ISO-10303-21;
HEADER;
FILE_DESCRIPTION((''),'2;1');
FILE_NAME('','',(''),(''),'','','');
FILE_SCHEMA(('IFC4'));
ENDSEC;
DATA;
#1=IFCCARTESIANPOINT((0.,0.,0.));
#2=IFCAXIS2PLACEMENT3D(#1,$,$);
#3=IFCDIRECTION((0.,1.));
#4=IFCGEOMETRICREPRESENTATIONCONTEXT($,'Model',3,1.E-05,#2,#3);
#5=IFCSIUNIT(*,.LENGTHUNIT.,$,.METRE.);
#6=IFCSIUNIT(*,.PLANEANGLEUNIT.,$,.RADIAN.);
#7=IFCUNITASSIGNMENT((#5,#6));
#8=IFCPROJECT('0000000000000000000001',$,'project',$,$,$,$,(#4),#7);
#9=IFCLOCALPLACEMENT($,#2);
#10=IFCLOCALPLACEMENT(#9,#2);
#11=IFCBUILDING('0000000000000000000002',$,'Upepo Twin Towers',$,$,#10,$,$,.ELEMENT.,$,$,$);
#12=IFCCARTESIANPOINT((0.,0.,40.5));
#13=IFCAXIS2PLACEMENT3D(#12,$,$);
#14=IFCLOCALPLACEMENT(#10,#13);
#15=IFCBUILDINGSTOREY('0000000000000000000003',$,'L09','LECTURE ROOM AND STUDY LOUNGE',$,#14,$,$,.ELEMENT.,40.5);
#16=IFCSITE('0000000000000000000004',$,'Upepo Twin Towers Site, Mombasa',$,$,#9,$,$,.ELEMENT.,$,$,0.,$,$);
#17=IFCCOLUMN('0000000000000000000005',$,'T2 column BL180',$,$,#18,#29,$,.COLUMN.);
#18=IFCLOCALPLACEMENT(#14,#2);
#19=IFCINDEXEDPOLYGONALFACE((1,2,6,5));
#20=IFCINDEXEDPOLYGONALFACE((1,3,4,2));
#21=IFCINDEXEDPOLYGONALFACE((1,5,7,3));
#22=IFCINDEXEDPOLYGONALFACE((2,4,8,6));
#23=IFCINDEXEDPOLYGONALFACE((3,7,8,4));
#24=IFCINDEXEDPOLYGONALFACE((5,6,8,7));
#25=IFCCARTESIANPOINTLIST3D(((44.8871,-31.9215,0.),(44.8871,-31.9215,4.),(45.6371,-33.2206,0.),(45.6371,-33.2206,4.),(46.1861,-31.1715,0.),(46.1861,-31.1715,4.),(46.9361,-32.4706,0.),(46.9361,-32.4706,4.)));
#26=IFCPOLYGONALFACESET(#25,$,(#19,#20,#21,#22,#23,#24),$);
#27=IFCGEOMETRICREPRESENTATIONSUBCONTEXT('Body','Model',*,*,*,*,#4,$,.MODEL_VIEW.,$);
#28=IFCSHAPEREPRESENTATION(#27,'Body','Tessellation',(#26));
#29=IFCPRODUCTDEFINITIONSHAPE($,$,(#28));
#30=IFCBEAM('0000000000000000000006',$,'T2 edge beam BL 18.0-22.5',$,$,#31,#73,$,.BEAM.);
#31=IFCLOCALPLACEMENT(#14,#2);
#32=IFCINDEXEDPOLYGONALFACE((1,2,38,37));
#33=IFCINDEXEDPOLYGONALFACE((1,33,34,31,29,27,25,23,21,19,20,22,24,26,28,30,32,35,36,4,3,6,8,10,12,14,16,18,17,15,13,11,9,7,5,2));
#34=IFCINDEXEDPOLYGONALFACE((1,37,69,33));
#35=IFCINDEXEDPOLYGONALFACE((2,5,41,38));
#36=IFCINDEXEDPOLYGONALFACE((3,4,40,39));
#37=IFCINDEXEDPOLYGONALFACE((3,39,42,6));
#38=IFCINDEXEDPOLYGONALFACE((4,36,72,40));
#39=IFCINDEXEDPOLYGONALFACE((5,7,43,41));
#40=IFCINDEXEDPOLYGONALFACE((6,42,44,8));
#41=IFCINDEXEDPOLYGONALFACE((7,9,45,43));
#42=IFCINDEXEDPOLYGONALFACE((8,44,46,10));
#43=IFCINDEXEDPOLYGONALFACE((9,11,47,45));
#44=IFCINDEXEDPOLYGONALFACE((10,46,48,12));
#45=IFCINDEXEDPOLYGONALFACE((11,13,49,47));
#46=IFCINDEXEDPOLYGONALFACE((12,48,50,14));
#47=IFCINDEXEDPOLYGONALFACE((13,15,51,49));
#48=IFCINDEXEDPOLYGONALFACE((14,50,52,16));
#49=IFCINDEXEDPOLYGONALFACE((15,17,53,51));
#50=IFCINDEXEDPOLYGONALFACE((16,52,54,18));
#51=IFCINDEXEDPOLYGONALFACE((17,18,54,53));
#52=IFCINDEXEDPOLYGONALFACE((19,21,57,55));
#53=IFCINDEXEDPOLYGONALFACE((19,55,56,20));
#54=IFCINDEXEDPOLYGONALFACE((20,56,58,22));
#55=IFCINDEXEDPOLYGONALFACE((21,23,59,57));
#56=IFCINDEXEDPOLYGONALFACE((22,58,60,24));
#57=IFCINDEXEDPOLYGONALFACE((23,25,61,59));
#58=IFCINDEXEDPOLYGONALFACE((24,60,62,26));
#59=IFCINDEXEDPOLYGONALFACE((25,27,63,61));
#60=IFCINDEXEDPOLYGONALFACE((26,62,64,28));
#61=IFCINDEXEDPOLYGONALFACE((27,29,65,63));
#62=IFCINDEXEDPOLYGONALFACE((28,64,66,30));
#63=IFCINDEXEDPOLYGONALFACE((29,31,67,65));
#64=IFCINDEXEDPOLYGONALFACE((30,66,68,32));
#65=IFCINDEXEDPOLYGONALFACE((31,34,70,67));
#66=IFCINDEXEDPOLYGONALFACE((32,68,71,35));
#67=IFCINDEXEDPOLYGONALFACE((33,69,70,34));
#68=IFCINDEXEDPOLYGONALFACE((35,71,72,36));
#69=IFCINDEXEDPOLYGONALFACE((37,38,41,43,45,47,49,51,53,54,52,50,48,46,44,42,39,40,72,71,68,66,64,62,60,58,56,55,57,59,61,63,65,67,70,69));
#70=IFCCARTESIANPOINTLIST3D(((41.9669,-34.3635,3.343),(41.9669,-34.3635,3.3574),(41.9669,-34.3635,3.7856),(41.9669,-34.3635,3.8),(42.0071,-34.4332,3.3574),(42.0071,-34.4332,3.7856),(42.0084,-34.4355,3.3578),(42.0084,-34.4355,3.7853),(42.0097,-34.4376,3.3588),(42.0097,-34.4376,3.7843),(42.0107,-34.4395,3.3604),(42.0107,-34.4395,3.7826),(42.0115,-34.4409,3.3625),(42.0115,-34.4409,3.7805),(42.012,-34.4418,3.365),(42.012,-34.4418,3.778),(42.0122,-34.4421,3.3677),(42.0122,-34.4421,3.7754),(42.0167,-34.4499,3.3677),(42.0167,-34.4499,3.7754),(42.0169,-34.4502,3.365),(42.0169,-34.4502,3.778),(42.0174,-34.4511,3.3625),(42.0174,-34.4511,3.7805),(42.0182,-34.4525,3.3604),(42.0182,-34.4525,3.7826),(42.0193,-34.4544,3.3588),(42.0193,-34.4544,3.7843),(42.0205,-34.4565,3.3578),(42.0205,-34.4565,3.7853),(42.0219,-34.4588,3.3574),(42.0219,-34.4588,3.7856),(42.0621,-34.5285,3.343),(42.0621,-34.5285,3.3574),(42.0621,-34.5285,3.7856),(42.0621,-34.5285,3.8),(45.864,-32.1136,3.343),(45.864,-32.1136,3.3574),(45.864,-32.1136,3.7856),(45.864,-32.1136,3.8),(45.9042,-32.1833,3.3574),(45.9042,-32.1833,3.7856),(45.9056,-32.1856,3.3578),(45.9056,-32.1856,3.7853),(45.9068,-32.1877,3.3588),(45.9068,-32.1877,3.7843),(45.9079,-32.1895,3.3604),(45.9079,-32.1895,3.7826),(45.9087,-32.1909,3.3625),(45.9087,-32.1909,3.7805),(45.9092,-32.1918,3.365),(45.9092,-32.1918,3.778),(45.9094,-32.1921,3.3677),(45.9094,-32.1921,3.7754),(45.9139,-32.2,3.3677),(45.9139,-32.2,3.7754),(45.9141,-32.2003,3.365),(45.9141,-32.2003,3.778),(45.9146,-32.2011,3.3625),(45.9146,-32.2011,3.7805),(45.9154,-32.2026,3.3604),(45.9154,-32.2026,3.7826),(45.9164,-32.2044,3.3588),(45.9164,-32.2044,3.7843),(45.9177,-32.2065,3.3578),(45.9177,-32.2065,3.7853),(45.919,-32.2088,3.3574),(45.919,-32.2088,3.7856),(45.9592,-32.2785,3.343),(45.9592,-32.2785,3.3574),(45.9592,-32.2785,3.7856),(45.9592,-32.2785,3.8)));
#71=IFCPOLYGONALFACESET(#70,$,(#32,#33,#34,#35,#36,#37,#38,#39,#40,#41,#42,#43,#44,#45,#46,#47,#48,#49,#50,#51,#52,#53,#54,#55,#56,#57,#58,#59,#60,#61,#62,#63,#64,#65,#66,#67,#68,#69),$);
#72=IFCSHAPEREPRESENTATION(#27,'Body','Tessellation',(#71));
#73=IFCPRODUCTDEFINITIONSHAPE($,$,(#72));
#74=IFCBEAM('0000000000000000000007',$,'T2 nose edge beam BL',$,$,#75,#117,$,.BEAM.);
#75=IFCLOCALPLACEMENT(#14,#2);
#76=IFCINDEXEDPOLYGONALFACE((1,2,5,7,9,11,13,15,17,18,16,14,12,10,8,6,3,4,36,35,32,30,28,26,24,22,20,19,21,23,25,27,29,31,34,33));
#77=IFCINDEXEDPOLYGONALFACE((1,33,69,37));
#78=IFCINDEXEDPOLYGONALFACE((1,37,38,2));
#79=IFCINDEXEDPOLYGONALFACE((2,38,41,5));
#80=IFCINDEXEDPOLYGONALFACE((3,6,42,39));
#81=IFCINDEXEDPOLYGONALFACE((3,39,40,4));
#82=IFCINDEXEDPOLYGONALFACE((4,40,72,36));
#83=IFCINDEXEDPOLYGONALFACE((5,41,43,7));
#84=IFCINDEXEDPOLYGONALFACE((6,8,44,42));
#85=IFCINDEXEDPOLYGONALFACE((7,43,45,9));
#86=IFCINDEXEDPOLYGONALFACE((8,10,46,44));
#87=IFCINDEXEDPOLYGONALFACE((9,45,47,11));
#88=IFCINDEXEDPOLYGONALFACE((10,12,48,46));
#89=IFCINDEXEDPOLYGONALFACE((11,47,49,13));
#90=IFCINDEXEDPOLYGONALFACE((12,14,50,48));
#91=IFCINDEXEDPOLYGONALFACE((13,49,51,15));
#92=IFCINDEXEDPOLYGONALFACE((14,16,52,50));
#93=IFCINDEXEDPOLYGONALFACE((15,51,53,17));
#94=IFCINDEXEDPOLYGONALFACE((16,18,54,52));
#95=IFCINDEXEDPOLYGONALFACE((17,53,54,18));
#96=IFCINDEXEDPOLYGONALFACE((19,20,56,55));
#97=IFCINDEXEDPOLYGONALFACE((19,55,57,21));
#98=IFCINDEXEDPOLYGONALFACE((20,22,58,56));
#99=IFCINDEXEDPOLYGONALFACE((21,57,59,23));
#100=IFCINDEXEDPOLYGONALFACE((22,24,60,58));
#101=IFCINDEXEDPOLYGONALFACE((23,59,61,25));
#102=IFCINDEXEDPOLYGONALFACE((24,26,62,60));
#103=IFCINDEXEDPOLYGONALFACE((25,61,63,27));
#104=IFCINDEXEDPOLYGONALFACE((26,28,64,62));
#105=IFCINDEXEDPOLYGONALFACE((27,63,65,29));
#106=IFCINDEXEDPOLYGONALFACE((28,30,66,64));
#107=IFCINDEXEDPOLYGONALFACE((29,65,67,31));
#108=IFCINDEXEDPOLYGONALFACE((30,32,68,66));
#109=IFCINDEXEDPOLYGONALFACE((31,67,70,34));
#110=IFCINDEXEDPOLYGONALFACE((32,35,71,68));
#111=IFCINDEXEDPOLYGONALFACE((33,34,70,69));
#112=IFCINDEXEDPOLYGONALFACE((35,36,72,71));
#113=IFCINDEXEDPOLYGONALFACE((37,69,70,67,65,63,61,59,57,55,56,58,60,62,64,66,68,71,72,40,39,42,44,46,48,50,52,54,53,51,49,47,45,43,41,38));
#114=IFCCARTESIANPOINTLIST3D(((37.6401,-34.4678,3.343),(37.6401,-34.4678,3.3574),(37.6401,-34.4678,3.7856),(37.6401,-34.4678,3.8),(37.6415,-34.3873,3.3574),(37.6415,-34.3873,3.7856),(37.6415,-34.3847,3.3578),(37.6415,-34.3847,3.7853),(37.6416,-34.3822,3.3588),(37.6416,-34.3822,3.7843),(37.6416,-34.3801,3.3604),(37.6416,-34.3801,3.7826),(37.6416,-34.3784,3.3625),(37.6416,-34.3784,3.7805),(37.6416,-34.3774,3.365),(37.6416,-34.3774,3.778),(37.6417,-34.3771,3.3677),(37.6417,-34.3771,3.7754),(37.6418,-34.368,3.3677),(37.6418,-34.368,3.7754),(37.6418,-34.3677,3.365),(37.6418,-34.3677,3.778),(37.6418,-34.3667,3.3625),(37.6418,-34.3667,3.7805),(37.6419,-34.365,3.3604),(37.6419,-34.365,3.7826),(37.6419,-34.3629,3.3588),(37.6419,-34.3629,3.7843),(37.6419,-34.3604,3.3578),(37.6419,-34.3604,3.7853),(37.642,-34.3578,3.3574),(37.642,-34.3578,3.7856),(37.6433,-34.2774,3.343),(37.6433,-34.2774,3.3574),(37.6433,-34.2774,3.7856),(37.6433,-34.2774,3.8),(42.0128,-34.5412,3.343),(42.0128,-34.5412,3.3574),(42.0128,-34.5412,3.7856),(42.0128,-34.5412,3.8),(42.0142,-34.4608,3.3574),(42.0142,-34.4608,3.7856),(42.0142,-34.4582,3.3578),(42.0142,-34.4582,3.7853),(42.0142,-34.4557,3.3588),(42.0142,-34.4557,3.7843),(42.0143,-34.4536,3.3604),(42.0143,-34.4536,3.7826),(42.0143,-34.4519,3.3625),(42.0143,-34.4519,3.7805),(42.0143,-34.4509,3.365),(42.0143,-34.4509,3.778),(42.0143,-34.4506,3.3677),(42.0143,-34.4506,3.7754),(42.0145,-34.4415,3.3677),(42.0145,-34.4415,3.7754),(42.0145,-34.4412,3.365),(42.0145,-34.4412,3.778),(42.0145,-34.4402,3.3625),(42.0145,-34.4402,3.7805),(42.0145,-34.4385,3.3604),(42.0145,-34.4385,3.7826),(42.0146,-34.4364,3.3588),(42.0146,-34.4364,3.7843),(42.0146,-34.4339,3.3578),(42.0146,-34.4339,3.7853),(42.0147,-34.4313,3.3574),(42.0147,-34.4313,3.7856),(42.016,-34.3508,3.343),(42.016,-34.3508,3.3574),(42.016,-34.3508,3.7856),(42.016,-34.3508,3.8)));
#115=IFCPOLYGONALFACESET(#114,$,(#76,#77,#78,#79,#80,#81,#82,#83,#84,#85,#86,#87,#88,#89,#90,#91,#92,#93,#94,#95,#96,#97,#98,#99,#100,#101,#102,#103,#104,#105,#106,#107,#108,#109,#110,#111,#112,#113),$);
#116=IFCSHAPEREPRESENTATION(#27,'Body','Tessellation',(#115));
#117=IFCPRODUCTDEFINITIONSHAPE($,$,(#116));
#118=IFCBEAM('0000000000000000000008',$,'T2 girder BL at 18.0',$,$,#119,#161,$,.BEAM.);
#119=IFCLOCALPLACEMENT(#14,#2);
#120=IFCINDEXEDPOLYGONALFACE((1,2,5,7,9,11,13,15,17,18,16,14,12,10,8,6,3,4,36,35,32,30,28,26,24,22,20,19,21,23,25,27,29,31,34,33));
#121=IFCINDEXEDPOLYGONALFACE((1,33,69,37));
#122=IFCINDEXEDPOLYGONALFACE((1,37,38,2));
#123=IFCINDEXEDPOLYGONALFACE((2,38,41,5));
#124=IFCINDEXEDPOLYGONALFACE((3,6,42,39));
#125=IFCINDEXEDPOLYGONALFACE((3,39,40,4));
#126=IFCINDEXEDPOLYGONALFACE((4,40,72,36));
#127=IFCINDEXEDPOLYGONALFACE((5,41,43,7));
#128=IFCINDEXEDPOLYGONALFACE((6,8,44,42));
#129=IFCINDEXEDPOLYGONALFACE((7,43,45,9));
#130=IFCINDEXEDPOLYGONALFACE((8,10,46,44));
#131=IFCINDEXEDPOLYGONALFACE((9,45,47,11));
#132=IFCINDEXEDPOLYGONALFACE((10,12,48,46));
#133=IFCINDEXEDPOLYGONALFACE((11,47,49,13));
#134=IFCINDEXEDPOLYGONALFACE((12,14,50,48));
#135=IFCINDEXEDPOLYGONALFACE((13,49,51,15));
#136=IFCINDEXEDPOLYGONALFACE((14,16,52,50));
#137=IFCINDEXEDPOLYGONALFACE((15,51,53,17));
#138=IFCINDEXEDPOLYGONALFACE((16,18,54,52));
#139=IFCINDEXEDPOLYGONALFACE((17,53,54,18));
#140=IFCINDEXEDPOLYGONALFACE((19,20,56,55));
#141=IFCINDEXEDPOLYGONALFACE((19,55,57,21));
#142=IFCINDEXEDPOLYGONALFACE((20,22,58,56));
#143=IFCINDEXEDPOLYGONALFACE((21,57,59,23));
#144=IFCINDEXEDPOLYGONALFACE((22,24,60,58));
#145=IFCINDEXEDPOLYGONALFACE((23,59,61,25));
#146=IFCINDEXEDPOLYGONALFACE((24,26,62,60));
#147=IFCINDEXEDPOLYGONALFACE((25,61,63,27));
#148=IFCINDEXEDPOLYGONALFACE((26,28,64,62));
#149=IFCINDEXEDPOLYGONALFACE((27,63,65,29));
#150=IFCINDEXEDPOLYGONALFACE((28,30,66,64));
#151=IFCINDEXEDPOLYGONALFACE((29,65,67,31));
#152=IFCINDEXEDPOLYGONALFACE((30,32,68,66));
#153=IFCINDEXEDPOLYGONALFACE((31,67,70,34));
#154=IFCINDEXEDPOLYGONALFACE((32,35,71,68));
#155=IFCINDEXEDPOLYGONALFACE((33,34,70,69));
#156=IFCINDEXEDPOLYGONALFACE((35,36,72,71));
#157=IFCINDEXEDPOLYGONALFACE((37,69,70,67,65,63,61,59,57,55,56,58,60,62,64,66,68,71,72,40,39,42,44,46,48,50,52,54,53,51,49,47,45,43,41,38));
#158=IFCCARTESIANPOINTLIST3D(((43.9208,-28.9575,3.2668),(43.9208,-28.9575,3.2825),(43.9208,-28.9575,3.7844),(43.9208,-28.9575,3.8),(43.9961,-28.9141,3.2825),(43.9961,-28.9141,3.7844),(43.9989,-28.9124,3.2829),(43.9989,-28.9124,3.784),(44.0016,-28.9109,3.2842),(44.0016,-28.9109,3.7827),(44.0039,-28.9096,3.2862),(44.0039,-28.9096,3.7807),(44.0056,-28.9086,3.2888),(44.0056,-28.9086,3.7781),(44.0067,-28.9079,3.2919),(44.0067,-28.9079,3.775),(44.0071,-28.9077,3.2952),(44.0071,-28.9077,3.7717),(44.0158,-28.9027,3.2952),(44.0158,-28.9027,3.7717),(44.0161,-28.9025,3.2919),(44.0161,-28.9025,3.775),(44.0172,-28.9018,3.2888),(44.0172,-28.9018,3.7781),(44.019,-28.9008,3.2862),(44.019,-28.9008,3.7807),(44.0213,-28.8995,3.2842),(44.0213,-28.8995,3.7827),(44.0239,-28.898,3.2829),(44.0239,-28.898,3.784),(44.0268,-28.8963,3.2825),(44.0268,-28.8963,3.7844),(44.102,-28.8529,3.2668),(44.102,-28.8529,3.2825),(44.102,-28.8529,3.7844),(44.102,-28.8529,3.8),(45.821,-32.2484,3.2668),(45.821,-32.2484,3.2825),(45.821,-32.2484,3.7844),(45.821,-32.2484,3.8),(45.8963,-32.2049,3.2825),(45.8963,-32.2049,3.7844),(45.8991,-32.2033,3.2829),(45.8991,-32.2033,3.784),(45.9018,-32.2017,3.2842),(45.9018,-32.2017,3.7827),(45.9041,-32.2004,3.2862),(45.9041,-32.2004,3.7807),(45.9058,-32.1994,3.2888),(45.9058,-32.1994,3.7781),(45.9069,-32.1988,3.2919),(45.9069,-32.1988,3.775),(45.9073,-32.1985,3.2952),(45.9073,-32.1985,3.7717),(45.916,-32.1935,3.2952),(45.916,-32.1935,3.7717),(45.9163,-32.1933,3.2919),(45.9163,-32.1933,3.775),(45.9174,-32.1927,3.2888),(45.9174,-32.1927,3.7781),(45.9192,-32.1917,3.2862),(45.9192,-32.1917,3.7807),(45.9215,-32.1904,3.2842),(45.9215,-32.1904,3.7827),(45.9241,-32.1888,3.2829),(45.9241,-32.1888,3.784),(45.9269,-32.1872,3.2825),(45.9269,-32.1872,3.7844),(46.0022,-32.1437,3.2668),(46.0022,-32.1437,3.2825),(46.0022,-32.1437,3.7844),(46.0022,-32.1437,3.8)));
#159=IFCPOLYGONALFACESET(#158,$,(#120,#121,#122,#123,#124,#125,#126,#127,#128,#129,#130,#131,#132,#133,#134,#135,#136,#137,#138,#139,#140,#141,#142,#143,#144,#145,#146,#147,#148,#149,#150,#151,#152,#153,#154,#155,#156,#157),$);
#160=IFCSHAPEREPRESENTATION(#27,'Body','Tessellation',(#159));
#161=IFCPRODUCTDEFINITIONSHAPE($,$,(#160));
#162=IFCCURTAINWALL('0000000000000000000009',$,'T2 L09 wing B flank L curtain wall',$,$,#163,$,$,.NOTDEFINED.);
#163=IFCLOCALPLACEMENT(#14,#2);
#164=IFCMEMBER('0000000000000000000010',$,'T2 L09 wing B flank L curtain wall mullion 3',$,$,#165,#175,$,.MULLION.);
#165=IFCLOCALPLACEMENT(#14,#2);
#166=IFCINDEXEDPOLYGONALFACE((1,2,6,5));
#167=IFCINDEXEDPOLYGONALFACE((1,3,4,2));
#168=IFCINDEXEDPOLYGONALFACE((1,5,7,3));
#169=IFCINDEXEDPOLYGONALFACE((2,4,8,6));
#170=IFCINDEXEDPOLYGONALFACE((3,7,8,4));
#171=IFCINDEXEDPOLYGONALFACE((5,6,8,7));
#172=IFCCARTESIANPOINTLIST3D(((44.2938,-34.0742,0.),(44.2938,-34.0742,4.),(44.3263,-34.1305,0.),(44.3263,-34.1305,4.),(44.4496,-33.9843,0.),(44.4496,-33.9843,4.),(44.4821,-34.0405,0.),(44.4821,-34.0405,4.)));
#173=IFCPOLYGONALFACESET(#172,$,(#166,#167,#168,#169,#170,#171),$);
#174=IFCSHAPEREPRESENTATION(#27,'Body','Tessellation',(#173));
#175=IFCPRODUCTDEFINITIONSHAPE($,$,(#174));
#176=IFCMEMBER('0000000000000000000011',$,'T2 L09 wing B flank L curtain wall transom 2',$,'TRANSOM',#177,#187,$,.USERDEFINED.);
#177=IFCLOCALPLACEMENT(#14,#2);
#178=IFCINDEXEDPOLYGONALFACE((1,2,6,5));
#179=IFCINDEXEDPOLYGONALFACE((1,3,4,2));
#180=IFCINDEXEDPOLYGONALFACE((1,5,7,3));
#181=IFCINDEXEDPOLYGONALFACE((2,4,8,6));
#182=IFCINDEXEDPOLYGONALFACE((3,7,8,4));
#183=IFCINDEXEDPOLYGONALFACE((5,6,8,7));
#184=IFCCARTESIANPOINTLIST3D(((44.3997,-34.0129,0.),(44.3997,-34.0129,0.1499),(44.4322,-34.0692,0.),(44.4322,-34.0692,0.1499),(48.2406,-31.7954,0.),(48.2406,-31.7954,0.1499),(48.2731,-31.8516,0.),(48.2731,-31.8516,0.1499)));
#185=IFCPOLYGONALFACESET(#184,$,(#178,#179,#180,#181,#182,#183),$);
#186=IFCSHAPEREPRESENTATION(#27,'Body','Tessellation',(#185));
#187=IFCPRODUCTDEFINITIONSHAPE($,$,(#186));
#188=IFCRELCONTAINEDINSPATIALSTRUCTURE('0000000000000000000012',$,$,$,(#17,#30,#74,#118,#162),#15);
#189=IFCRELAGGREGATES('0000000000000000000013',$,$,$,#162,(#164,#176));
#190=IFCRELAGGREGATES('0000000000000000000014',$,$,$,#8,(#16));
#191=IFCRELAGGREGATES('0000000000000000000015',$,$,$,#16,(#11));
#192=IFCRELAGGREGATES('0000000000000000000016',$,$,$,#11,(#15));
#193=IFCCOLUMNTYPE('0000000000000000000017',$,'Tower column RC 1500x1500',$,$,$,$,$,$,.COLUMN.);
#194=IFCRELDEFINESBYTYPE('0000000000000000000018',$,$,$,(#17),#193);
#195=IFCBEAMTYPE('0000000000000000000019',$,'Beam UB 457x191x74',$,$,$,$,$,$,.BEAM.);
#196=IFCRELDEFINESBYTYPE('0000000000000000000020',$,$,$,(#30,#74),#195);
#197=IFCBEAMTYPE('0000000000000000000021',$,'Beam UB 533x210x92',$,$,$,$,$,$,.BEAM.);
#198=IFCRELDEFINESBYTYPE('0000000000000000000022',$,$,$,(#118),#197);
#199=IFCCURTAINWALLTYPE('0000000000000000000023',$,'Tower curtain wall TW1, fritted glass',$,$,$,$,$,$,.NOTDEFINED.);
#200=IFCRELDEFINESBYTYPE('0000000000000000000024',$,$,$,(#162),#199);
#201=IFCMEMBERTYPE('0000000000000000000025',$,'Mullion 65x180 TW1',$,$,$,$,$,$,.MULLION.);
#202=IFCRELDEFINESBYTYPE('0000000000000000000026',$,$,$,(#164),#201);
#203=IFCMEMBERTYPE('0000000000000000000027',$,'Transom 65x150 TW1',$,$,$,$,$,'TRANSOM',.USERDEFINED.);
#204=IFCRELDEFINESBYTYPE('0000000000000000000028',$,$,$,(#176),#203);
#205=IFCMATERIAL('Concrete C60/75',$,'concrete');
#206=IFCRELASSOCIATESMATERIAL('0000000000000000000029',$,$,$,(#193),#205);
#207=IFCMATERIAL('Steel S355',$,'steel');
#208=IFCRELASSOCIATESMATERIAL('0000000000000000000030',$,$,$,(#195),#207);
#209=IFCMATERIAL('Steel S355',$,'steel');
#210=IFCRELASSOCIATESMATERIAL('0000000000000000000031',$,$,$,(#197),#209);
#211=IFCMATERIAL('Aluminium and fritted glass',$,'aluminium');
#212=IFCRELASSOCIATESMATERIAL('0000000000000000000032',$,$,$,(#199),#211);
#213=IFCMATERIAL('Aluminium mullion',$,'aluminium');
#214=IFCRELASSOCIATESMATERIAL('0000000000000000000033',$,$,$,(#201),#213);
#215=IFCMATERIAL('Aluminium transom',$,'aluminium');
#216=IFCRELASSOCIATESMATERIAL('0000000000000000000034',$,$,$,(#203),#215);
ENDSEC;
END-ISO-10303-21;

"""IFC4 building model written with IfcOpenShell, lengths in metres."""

from ifc_helpers import new_model, si_unit, direction, frame, origin, origin_2d, place, context, subcontext, project, spatial, rectangle, i_section, extrude, material, material_profile, profile_set, type_object, element, aggregate, save


model = new_model("IFC4")

# Units and contexts
model_context = context("Model", 3, precision=1e-05, world=origin(), true_north=direction((0.0, 1.0)))
body_context = subcontext(model_context, "Body", "Model", "MODEL_VIEW")
ifc_project = project(units=[si_unit("LENGTHUNIT", "METRE"), si_unit("PLANEANGLEUNIT", "RADIAN")], contexts=[model_context])

# Site, building, storey
site_placement = place(None, origin())
site = spatial("IfcSite", under=ifc_project, at=site_placement, Name="Upepo Twin Towers Site, Mombasa", CompositionType="ELEMENT", RefElevation=0.0)
building_placement = place(site_placement, origin())
building = spatial("IfcBuilding", under=site, at=building_placement, Name="Upepo Twin Towers", CompositionType="ELEMENT")
storey_placement = place(building_placement, frame((0.0, 0.0, 40.5)))
storey = spatial("IfcBuildingStorey", under=building, at=storey_placement, Name="L09", Description="LECTURE ROOM AND STUDY LOUNGE", CompositionType="ELEMENT", Elevation=40.5)

# Column
ifc_material_1 = material(Name="Concrete C60/75", Category="concrete")
ifc_material_profile_1 = material_profile(ifc_material_1, rectangle(XDim=1.5, YDim=1.5, at=origin_2d()), Name="RC 1500x1500")
ifc_profile_set_1 = profile_set([ifc_material_profile_1], Name="Concrete C60/75")
column_type = type_object("IfcColumnType", Name="Tower column RC 1500x1500", PredefinedType="COLUMN", material=ifc_profile_set_1)
column_placement = place(storey_placement, frame((45.9116, -32.196, 0.0), z_axis=(0.0, 0.0, 1.0), x_axis=(0.866025, 0.5, 0.0)))
element("IfcColumn", 1, at=column_placement, inside=storey, type_object=column_type, Name="T2 column BL180", PredefinedType="COLUMN", context=body_context, shape_type="SweptSolid", body=[
    extrude(rectangle(XDim=1.5, YDim=1.5, at=origin_2d()), origin(), (0.0, 0.0, 1.0), 4.0),
])

# Beams
ifc_material_2 = material(Name="Steel S355", Category="steel")
ifc_material_profile_2 = material_profile(ifc_material_2, i_section(OverallWidth=0.1904, OverallDepth=0.457, WebThickness=0.009, FlangeThickness=0.0144, FilletRadius=0.0103, at=origin_2d()), Name="UB 457x191x74")
ifc_profile_set_2 = profile_set([ifc_material_profile_2], Name="Steel S355")
beam_type_1 = type_object("IfcBeamType", Name="Beam UB 457x191x74", PredefinedType="BEAM", material=ifc_profile_set_2)
beam_1_placement = place(storey_placement, frame((45.9116, -32.196, 3.5715), z_axis=(-0.866031, -0.49999, 0.0), x_axis=(0.49999, -0.866031, 0.0)))
element("IfcBeam", 2, at=beam_1_placement, inside=storey, type_object=beam_type_1, Name="T2 edge beam BL 18.0-22.5", PredefinedType="BEAM", context=body_context, shape_type="SweptSolid", body=[
    extrude(i_section(OverallWidth=0.1904, OverallDepth=0.457, WebThickness=0.009, FlangeThickness=0.0144, FilletRadius=0.0103, at=origin_2d()), origin(), (0.0, 0.0, 1.0), 4.5),
])
beam_2_placement = place(storey_placement, frame((42.0144, -34.446, 3.5715), z_axis=(-0.999859, 0.016804, 0.0), x_axis=(-0.016804, -0.999859, 0.0)))
element("IfcBeam", 3, at=beam_2_placement, inside=storey, type_object=beam_type_1, Name="T2 nose edge beam BL", PredefinedType="BEAM", context=body_context, shape_type="SweptSolid", body=[
    extrude(i_section(OverallWidth=0.1904, OverallDepth=0.457, WebThickness=0.009, FlangeThickness=0.0144, FilletRadius=0.0103, at=origin_2d()), origin(), (0.0, 0.0, 1.0), 4.3733),
])
ifc_material_3 = material(Name="Steel S355", Category="steel")
ifc_material_profile_3 = material_profile(ifc_material_3, i_section(OverallWidth=0.2092, OverallDepth=0.5332, WebThickness=0.01, FlangeThickness=0.0156, FilletRadius=0.0127, at=origin_2d()), Name="UB 533x210x92")
ifc_profile_set_3 = profile_set([ifc_material_profile_3], Name="Steel S355")
beam_type_2 = type_object("IfcBeamType", Name="Beam UB 533x210x92", PredefinedType="BEAM", material=ifc_profile_set_3)
beam_3_placement = place(storey_placement, frame((45.9116, -32.196, 3.5334), z_axis=(-0.500043, 0.866, 0.0), x_axis=(-0.866, -0.500043, 0.0)))
element("IfcBeam", 4, at=beam_3_placement, inside=storey, type_object=beam_type_2, Name="T2 girder BL at 18.0", PredefinedType="BEAM", context=body_context, shape_type="SweptSolid", body=[
    extrude(i_section(OverallWidth=0.2092, OverallDepth=0.5332, WebThickness=0.01, FlangeThickness=0.0156, FilletRadius=0.0127, at=origin_2d()), origin(), (0.0, 0.0, 1.0), 3.8),
])

# Curtain wall, members
ifc_material_4 = material(Name="Aluminium and fritted glass", Category="aluminium")
curtain_wall_type = type_object("IfcCurtainWallType", Name="Tower curtain wall TW1, fritted glass", PredefinedType="NOTDEFINED", material=ifc_material_4)
curtain_wall_placement = place(storey_placement, origin())
curtain_wall = element("IfcCurtainWall", 5, at=curtain_wall_placement, inside=storey, type_object=curtain_wall_type, Name="T2 L09 wing B flank L curtain wall", PredefinedType="NOTDEFINED")
ifc_material_5 = material(Name="Aluminium mullion", Category="aluminium")
ifc_material_profile_4 = material_profile(ifc_material_5, rectangle(XDim=0.0649, YDim=0.1799, at=origin_2d()), Name="MULLION 65x180")
ifc_profile_set_4 = profile_set([ifc_material_profile_4], Name="Aluminium mullion")
member_type_1 = type_object("IfcMemberType", Name="Mullion 65x180 TW1", PredefinedType="MULLION", material=ifc_profile_set_4)
member_1_placement = place(storey_placement, frame((44.3879, -34.0574, 0.0), z_axis=(0.0, 0.0, 1.0), x_axis=(0.5, -0.866025, 0.0)))
member_1 = element("IfcMember", 6, at=member_1_placement, type_object=member_type_1, Name="T2 L09 wing B flank L curtain wall mullion 3", PredefinedType="MULLION", context=body_context, shape_type="SweptSolid", body=[
    extrude(rectangle(XDim=0.0649, YDim=0.1799, at=origin_2d()), origin(), (0.0, 0.0, 1.0), 4.0),
])
ifc_material_6 = material(Name="Aluminium transom", Category="aluminium")
ifc_material_profile_5 = material_profile(ifc_material_6, rectangle(XDim=0.0649, YDim=0.1499, at=origin_2d()), Name="TRANSOM 65x150")
ifc_profile_set_5 = profile_set([ifc_material_profile_5], Name="Aluminium transom")
member_type_2 = type_object("IfcMemberType", Name="Transom 65x150 TW1", ElementType="TRANSOM", PredefinedType="USERDEFINED", material=ifc_profile_set_5)
member_2_placement = place(storey_placement, frame((48.2568, -31.8235, 0.075), z_axis=(-0.866022, -0.500005, 0.0), x_axis=(0.500005, -0.866022, 0.0)))
member_2 = element("IfcMember", 7, at=member_2_placement, type_object=member_type_2, Name="T2 L09 wing B flank L curtain wall transom 2", ObjectType="TRANSOM", PredefinedType="USERDEFINED", context=body_context, shape_type="SweptSolid", body=[
    extrude(rectangle(XDim=0.0649, YDim=0.1499, at=origin_2d()), origin(), (0.0, 0.0, 1.0), 4.4351),
])
aggregate(curtain_wall, [member_1, member_2])

save(model, "model.ifc")
